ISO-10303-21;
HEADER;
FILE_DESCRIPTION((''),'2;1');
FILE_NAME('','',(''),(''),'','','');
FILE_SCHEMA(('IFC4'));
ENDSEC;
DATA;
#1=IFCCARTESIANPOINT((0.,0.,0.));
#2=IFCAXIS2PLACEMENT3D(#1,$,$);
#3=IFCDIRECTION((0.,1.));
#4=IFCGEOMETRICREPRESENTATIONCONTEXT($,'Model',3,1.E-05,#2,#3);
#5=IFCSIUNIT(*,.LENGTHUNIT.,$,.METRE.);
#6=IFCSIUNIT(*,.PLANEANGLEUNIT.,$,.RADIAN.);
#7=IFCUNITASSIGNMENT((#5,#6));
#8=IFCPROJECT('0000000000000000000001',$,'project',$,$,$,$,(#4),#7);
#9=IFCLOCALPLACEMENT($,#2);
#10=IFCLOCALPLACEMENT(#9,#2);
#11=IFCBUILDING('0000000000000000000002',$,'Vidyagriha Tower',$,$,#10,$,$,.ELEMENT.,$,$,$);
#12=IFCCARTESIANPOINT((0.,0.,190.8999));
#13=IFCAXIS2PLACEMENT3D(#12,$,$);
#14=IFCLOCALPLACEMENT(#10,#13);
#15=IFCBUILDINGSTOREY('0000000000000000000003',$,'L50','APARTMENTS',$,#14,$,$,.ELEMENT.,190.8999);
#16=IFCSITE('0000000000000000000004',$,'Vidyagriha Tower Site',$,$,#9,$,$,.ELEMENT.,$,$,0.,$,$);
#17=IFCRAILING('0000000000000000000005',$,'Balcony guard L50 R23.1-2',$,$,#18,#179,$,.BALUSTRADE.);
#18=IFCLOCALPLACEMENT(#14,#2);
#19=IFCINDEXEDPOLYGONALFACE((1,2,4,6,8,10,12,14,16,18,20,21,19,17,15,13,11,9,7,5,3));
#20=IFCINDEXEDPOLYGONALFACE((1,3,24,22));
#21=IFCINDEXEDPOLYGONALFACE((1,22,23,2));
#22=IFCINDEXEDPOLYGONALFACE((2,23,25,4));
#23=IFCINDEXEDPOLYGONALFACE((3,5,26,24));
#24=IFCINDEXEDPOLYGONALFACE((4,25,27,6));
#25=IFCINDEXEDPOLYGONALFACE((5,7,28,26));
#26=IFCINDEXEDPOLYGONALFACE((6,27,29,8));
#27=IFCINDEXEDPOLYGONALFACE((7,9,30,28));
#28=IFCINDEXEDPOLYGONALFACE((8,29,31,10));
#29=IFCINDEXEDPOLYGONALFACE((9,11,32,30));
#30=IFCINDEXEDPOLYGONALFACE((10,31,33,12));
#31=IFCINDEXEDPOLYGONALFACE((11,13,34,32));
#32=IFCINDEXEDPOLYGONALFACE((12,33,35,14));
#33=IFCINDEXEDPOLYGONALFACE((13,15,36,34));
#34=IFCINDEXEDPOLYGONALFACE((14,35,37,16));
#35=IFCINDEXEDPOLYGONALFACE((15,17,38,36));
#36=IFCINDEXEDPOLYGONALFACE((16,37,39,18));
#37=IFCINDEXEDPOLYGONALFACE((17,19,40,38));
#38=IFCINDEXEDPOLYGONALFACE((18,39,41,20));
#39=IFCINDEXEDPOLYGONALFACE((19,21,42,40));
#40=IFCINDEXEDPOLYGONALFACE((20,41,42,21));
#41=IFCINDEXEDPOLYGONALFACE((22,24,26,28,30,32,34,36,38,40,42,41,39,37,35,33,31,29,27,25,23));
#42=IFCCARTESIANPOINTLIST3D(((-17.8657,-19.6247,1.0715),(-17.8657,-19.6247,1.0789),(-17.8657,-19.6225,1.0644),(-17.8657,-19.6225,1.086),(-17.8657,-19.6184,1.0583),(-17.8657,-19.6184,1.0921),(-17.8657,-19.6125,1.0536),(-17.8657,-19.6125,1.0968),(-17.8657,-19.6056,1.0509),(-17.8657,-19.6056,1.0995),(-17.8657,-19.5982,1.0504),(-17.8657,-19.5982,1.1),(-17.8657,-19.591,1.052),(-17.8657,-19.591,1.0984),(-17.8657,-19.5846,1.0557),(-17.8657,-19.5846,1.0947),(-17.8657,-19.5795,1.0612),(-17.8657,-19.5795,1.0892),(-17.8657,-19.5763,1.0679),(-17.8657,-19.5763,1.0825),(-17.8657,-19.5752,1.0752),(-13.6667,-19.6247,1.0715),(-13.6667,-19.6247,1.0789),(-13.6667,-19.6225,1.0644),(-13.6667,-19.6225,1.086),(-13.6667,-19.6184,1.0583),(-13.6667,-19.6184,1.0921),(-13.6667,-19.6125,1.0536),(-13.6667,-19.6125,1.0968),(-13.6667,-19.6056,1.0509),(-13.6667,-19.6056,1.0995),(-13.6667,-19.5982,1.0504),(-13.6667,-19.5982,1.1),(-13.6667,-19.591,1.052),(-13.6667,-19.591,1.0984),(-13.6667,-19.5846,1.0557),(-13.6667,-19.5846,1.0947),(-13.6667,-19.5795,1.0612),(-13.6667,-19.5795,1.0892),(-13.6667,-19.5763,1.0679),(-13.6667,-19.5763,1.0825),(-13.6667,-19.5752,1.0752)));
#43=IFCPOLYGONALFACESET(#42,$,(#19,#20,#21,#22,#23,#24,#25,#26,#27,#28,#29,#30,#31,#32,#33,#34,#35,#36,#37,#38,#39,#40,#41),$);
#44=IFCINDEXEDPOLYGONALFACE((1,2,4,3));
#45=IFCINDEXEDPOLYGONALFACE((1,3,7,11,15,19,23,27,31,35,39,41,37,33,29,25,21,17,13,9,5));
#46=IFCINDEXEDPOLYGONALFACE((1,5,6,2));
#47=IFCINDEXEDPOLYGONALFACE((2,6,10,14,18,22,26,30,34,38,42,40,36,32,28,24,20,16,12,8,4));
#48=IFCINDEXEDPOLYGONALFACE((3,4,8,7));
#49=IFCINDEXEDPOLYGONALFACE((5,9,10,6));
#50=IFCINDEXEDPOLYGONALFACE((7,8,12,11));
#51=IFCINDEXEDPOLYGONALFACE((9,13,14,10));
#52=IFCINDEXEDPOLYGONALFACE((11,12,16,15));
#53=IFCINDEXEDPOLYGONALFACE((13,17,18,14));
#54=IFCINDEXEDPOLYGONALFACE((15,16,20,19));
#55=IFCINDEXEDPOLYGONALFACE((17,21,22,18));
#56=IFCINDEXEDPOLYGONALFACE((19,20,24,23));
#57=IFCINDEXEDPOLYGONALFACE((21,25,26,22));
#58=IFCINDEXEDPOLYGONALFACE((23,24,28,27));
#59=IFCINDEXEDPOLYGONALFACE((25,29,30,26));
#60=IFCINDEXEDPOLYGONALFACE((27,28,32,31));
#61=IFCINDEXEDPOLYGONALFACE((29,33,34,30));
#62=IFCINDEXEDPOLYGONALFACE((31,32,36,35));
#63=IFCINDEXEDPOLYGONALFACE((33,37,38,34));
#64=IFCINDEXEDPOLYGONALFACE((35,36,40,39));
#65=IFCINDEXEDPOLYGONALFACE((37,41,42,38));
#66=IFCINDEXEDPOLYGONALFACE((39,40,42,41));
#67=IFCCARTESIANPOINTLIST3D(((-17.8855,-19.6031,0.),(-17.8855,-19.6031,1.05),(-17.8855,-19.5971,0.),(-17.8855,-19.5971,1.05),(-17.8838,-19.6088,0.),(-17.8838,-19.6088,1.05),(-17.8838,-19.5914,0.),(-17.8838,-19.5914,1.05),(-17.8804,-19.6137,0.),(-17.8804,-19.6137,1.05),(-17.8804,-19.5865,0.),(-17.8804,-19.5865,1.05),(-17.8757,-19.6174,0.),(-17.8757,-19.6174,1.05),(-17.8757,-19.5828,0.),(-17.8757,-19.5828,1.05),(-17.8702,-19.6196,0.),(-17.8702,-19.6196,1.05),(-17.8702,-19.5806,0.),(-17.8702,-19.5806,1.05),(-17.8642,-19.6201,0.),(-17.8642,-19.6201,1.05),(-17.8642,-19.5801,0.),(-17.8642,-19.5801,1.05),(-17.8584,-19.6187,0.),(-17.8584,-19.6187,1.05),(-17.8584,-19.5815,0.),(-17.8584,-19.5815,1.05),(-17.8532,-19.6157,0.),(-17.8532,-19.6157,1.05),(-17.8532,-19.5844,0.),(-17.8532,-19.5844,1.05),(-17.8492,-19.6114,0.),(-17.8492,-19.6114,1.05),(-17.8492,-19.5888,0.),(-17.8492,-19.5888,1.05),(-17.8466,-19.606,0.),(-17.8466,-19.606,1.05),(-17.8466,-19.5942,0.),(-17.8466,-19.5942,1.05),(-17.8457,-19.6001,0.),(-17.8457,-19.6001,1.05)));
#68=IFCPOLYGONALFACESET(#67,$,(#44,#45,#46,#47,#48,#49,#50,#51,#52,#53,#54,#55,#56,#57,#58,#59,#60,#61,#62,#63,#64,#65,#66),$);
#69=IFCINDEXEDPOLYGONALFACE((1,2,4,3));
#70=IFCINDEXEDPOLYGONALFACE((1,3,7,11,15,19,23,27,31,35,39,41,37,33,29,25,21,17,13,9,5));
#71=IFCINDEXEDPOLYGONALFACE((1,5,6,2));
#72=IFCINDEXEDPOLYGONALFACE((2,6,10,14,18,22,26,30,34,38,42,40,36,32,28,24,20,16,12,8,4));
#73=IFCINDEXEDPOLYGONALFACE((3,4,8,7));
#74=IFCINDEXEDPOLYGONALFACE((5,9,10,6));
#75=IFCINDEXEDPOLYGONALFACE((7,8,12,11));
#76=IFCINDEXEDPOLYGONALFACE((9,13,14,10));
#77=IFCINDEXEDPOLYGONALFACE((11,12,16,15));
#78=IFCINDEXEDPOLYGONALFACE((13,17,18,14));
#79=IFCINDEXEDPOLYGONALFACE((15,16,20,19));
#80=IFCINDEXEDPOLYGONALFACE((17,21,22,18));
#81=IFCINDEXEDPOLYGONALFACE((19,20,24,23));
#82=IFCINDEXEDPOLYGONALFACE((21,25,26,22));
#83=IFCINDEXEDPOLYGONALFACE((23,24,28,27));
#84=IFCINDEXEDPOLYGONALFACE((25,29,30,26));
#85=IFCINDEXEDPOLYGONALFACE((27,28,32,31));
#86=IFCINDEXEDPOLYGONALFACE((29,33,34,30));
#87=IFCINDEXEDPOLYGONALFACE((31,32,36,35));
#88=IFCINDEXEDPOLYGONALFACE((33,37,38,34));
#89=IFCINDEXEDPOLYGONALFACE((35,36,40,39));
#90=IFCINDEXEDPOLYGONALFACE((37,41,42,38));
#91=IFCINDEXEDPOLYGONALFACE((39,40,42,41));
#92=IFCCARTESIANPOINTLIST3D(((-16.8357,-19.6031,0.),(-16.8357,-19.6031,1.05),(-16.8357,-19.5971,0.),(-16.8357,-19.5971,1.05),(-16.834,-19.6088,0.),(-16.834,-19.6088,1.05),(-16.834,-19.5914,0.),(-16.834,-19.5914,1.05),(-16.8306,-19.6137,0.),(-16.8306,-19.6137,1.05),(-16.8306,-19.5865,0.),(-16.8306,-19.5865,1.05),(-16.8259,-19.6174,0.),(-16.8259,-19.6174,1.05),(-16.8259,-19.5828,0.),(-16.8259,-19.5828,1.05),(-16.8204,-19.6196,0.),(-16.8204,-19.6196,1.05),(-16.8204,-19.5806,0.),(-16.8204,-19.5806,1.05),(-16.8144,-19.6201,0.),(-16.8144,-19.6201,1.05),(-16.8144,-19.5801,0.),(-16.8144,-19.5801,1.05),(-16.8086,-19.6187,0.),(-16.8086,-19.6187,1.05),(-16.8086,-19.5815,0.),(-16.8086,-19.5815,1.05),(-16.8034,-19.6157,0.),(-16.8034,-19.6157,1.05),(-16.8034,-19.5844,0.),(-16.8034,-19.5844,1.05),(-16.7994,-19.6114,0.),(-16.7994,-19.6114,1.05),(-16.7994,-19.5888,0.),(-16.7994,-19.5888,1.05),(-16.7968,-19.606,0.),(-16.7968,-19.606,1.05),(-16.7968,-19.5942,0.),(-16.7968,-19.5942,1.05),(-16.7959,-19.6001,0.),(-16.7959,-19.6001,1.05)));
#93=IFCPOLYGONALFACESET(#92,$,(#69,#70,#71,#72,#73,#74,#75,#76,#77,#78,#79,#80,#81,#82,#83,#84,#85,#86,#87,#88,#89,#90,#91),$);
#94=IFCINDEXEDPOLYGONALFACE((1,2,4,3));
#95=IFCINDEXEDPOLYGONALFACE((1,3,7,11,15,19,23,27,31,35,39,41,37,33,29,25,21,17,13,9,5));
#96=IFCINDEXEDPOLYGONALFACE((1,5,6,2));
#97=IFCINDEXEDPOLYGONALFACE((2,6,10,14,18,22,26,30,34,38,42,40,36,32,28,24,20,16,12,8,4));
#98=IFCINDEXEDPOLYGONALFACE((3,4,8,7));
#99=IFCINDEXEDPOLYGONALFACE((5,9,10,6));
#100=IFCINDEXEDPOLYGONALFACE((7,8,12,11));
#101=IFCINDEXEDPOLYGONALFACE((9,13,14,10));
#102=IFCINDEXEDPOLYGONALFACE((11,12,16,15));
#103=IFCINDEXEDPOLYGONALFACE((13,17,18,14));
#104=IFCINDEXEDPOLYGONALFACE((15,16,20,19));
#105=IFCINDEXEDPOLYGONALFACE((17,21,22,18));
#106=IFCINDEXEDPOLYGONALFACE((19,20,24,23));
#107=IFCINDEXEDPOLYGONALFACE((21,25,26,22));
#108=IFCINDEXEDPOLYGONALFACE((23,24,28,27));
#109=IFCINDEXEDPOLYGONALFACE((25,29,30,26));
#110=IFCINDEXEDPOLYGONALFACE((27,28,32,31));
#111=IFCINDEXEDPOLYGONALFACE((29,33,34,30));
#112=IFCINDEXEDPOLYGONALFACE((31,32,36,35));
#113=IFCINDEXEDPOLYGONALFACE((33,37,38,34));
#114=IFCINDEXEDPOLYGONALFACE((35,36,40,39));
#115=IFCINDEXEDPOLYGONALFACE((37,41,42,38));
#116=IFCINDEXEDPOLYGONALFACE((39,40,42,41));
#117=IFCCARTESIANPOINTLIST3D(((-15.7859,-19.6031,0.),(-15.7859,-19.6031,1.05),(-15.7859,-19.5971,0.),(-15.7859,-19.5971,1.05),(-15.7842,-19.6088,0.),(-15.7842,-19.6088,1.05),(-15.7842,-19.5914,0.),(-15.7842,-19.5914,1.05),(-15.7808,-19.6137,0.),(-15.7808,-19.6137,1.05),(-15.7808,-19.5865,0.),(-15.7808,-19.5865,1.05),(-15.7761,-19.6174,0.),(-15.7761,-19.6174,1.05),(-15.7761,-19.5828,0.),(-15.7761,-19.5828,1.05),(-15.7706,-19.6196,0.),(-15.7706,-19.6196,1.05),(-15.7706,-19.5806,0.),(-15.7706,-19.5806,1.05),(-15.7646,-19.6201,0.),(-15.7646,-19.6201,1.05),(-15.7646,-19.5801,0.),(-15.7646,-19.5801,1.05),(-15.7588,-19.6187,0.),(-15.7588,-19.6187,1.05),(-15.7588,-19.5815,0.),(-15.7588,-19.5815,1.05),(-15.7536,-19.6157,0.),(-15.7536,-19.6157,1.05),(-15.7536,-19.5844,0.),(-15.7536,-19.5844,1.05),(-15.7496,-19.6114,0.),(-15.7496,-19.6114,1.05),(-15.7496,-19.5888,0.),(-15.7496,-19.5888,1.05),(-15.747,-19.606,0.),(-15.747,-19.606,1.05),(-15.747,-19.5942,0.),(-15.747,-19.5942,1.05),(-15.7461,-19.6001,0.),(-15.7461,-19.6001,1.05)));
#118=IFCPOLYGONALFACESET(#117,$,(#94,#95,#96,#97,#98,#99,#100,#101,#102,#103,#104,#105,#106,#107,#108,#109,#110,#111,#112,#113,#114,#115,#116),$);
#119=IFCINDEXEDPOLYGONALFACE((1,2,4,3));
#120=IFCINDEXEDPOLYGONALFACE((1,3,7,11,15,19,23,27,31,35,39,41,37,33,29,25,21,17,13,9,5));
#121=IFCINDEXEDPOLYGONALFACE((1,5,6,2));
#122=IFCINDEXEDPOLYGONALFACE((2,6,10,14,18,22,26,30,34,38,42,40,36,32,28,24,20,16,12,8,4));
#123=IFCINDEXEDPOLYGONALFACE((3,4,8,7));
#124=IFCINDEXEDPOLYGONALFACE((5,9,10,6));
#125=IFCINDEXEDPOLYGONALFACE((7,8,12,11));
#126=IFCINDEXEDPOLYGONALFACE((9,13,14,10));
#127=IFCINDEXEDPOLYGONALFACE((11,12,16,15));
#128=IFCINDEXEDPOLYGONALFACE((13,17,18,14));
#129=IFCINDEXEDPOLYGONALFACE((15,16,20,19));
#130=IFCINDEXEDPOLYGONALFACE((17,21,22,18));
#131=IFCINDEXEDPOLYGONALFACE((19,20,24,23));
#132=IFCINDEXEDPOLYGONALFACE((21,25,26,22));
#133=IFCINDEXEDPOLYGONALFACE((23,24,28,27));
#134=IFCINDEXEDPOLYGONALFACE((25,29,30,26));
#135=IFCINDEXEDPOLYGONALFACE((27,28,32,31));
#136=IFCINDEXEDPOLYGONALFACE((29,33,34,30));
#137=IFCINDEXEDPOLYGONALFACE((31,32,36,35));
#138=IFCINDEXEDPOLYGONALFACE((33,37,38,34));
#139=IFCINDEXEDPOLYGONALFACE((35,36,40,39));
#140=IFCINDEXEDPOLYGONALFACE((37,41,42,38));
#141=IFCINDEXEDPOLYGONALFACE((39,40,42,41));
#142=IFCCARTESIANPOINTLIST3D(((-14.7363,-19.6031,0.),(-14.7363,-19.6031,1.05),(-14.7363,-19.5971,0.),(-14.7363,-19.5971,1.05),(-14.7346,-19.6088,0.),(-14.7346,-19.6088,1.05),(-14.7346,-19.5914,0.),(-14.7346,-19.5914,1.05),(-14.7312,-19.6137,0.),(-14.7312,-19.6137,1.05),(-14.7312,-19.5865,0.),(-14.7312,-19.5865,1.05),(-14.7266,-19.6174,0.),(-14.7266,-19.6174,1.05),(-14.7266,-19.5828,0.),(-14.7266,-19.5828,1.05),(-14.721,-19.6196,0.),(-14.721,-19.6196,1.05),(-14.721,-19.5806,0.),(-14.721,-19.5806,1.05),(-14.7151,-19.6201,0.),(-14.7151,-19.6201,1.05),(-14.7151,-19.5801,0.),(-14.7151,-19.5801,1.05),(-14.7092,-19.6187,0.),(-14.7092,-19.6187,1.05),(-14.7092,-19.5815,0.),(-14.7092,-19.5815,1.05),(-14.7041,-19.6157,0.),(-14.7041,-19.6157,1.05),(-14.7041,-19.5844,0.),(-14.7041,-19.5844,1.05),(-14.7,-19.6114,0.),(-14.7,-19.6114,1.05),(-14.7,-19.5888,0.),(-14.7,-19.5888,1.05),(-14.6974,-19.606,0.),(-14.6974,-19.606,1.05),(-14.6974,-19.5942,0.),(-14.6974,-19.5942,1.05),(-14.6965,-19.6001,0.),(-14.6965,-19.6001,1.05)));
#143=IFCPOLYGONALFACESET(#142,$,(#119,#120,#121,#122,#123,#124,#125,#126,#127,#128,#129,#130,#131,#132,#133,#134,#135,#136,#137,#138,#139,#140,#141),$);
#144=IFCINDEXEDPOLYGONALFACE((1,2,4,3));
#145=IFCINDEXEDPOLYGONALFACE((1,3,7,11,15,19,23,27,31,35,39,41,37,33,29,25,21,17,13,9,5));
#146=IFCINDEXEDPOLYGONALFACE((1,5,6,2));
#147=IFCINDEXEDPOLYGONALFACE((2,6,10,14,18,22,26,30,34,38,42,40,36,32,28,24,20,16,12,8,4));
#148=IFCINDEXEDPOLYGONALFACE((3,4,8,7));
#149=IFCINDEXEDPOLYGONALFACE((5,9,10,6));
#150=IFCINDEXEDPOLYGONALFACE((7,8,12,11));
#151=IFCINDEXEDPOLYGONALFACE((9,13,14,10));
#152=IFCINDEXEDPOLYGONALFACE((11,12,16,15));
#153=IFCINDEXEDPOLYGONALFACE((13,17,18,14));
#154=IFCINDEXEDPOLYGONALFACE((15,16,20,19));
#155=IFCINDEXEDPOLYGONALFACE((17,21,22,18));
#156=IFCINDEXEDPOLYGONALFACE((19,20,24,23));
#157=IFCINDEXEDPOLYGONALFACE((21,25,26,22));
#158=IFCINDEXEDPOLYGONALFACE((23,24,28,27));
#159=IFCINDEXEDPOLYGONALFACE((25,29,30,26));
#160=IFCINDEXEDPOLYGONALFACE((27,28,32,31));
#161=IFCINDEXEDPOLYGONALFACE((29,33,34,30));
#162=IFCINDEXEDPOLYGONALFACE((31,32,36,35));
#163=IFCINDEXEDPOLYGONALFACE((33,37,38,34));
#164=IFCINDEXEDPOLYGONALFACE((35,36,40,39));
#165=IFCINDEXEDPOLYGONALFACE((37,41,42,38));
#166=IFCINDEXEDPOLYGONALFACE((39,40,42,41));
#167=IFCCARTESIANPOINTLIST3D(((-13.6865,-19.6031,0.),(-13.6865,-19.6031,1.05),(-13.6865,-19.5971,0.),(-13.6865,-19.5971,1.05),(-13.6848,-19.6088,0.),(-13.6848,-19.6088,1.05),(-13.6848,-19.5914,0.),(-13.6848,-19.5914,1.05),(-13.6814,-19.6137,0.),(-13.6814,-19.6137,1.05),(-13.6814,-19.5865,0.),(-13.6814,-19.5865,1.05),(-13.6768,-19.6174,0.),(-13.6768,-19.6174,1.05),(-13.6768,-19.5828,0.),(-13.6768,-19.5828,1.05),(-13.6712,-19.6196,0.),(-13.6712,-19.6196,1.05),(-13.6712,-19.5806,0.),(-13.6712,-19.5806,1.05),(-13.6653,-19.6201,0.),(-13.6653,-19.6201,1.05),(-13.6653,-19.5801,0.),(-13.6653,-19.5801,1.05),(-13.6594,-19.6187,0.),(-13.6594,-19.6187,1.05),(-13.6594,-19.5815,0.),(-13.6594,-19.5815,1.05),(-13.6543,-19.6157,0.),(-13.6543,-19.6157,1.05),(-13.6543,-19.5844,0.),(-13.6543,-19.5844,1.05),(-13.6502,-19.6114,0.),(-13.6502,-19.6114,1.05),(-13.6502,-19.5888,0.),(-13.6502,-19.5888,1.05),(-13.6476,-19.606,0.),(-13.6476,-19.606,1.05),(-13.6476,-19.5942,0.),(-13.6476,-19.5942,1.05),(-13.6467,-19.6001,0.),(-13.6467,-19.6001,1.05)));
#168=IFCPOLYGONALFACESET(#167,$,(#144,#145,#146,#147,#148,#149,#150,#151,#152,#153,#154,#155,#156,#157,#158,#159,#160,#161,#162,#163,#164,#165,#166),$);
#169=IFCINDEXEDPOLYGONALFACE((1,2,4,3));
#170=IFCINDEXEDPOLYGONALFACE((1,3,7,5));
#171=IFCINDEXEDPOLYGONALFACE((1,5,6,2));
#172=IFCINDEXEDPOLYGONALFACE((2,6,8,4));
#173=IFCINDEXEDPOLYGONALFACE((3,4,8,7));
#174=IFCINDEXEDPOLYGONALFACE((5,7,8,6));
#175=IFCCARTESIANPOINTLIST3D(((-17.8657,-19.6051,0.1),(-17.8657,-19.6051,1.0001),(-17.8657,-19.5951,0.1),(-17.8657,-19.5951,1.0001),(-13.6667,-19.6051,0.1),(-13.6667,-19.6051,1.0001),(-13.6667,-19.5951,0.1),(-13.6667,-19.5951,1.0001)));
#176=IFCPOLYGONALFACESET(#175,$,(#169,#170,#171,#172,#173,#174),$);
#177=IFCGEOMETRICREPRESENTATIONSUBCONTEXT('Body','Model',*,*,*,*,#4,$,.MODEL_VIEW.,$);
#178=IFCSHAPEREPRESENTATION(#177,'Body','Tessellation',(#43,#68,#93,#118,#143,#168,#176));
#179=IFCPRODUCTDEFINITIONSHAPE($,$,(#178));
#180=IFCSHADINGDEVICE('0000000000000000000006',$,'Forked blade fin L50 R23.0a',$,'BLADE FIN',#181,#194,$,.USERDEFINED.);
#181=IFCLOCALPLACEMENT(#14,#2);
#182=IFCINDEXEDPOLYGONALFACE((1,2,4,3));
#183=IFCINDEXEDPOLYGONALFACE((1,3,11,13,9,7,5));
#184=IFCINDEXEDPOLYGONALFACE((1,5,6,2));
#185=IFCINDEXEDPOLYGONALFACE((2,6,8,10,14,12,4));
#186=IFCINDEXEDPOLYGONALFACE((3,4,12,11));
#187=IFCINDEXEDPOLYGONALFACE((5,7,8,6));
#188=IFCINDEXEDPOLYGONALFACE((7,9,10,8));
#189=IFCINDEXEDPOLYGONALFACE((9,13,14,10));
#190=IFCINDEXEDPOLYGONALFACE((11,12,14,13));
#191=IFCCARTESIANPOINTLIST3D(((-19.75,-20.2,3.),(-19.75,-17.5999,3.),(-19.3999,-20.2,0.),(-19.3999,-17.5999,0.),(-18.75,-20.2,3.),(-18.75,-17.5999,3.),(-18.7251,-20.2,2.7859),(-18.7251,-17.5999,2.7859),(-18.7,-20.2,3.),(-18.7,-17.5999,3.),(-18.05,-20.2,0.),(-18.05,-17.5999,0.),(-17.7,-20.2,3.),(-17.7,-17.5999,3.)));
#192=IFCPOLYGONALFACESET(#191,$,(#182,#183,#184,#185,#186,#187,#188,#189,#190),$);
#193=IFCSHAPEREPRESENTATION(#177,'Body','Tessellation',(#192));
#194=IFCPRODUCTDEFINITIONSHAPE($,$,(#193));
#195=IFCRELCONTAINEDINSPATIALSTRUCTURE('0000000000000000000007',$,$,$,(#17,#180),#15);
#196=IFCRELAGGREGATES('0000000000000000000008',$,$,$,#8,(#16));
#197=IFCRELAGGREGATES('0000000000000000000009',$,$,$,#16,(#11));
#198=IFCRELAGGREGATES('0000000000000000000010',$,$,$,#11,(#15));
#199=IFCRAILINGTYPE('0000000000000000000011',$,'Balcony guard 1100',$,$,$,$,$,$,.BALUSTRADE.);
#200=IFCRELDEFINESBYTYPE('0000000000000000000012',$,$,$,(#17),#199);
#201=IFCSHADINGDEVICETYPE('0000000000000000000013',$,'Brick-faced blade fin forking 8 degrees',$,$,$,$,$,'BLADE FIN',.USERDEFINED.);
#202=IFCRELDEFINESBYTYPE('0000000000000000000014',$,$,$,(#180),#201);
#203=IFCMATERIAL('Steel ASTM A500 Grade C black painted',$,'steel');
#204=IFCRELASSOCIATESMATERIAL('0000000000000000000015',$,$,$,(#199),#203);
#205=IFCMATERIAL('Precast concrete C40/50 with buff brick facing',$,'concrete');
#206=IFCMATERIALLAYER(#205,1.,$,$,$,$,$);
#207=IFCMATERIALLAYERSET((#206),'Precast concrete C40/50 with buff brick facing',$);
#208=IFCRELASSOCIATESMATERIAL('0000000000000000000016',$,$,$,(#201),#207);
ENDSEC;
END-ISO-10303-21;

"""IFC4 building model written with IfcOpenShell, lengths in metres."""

from ifc_helpers import new_model, si_unit, direction, frame, origin, origin_2d, place, context, subcontext, project, spatial, polyline, rectangle, circle, outline, extrude, material, layer, layer_set, type_object, element, save


model = new_model("IFC4")

# Units and contexts
model_context = context("Model", 3, precision=1e-05, world=origin(), true_north=direction((0.0, 1.0)))
body_context = subcontext(model_context, "Body", "Model", "MODEL_VIEW")
ifc_project = project(units=[si_unit("LENGTHUNIT", "METRE"), si_unit("PLANEANGLEUNIT", "RADIAN")], contexts=[model_context])

# Site, building, storey
site_placement = place(None, origin())
site = spatial("IfcSite", under=ifc_project, at=site_placement, Name="Vidyagriha Tower Site", CompositionType="ELEMENT", RefElevation=0.0)
building_placement = place(site_placement, origin())
building = spatial("IfcBuilding", under=site, at=building_placement, Name="Vidyagriha Tower", CompositionType="ELEMENT")
storey_placement = place(building_placement, frame((0.0, 0.0, 190.8999)))
storey = spatial("IfcBuildingStorey", under=building, at=storey_placement, Name="L50", Description="APARTMENTS", CompositionType="ELEMENT", Elevation=190.8999)

# Railing
ifc_material_1 = material(Name="Steel ASTM A500 Grade C black painted", Category="steel")
railing_type_1 = type_object("IfcRailingType", Name="Balcony guard 1100", PredefinedType="BALUSTRADE", material=ifc_material_1)
railing_1_placement = place(storey_placement, frame((-17.8657, -19.6001, 0.0)))
element("IfcRailing", 1, at=railing_1_placement, inside=storey, type_object=railing_type_1, Name="Balcony guard L50 R23.1-2", PredefinedType="BALUSTRADE", context=body_context, shape_type="SweptSolid", body=[
    extrude(circle(Radius=0.0249, at=origin_2d()), frame((0.0, 0.0, 1.0752), z_axis=(1.0, 0.0, 0.0), x_axis=(0.0, 1.0, 0.0)), (0.0, 0.0, 1.0), 4.199),
    extrude(circle(Radius=0.02, at=origin_2d()), origin(), (0.0, 0.0, 1.0), 1.05),
    extrude(circle(Radius=0.02, at=origin_2d()), frame((1.0498, 0.0, 0.0)), (0.0, 0.0, 1.0), 1.05),
    extrude(circle(Radius=0.02, at=origin_2d()), frame((2.0996, 0.0, 0.0)), (0.0, 0.0, 1.0), 1.05),
    extrude(circle(Radius=0.02, at=origin_2d()), frame((3.1492, 0.0, 0.0)), (0.0, 0.0, 1.0), 1.05),
    extrude(circle(Radius=0.02, at=origin_2d()), frame((4.199, 0.0, 0.0)), (0.0, 0.0, 1.0), 1.05),
    extrude(rectangle(XDim=0.01, YDim=0.9001, at=origin_2d()), frame((0.0, 0.0, 0.55), z_axis=(1.0, 0.0, 0.0), x_axis=(0.0, 1.0, 0.0)), (0.0, 0.0, 1.0), 4.199),
])

# Shading device
ifc_material_2 = material(Name="Precast concrete C40/50 with buff brick facing", Category="concrete")
ifc_layer_1 = layer(ifc_material_2, 1.0)
ifc_layer_set_1 = layer_set([ifc_layer_1], Name="Precast concrete C40/50 with buff brick facing")
shading_device_type = type_object("IfcShadingDeviceType", Name="Brick-faced blade fin forking 8 degrees", ElementType="BLADE FIN", PredefinedType="USERDEFINED", material=ifc_layer_set_1)
shading_device_placement = place(storey_placement, frame((-19.75, -18.8999, 0.0)))
element("IfcShadingDevice", 2, at=shading_device_placement, inside=storey, type_object=shading_device_type, Name="Forked blade fin L50 R23.0a", ObjectType="BLADE FIN", PredefinedType="USERDEFINED", context=body_context, shape_type="SweptSolid", body=[
    extrude(outline(polyline([(0.3501, 0.0), (1.7, 0.0), (2.05, 3.0), (1.05, 3.0), (1.0249, 2.7859), (1.0, 3.0), (0.0, 3.0), (0.3501, 0.0)])), frame((0.0, 1.3, 0.0), z_axis=(0.0, -1.0, 0.0), x_axis=(1.0, 0.0, 0.0)), (0.0, 0.0, 1.0), 2.6001),
])

save(model, "model.ifc")
